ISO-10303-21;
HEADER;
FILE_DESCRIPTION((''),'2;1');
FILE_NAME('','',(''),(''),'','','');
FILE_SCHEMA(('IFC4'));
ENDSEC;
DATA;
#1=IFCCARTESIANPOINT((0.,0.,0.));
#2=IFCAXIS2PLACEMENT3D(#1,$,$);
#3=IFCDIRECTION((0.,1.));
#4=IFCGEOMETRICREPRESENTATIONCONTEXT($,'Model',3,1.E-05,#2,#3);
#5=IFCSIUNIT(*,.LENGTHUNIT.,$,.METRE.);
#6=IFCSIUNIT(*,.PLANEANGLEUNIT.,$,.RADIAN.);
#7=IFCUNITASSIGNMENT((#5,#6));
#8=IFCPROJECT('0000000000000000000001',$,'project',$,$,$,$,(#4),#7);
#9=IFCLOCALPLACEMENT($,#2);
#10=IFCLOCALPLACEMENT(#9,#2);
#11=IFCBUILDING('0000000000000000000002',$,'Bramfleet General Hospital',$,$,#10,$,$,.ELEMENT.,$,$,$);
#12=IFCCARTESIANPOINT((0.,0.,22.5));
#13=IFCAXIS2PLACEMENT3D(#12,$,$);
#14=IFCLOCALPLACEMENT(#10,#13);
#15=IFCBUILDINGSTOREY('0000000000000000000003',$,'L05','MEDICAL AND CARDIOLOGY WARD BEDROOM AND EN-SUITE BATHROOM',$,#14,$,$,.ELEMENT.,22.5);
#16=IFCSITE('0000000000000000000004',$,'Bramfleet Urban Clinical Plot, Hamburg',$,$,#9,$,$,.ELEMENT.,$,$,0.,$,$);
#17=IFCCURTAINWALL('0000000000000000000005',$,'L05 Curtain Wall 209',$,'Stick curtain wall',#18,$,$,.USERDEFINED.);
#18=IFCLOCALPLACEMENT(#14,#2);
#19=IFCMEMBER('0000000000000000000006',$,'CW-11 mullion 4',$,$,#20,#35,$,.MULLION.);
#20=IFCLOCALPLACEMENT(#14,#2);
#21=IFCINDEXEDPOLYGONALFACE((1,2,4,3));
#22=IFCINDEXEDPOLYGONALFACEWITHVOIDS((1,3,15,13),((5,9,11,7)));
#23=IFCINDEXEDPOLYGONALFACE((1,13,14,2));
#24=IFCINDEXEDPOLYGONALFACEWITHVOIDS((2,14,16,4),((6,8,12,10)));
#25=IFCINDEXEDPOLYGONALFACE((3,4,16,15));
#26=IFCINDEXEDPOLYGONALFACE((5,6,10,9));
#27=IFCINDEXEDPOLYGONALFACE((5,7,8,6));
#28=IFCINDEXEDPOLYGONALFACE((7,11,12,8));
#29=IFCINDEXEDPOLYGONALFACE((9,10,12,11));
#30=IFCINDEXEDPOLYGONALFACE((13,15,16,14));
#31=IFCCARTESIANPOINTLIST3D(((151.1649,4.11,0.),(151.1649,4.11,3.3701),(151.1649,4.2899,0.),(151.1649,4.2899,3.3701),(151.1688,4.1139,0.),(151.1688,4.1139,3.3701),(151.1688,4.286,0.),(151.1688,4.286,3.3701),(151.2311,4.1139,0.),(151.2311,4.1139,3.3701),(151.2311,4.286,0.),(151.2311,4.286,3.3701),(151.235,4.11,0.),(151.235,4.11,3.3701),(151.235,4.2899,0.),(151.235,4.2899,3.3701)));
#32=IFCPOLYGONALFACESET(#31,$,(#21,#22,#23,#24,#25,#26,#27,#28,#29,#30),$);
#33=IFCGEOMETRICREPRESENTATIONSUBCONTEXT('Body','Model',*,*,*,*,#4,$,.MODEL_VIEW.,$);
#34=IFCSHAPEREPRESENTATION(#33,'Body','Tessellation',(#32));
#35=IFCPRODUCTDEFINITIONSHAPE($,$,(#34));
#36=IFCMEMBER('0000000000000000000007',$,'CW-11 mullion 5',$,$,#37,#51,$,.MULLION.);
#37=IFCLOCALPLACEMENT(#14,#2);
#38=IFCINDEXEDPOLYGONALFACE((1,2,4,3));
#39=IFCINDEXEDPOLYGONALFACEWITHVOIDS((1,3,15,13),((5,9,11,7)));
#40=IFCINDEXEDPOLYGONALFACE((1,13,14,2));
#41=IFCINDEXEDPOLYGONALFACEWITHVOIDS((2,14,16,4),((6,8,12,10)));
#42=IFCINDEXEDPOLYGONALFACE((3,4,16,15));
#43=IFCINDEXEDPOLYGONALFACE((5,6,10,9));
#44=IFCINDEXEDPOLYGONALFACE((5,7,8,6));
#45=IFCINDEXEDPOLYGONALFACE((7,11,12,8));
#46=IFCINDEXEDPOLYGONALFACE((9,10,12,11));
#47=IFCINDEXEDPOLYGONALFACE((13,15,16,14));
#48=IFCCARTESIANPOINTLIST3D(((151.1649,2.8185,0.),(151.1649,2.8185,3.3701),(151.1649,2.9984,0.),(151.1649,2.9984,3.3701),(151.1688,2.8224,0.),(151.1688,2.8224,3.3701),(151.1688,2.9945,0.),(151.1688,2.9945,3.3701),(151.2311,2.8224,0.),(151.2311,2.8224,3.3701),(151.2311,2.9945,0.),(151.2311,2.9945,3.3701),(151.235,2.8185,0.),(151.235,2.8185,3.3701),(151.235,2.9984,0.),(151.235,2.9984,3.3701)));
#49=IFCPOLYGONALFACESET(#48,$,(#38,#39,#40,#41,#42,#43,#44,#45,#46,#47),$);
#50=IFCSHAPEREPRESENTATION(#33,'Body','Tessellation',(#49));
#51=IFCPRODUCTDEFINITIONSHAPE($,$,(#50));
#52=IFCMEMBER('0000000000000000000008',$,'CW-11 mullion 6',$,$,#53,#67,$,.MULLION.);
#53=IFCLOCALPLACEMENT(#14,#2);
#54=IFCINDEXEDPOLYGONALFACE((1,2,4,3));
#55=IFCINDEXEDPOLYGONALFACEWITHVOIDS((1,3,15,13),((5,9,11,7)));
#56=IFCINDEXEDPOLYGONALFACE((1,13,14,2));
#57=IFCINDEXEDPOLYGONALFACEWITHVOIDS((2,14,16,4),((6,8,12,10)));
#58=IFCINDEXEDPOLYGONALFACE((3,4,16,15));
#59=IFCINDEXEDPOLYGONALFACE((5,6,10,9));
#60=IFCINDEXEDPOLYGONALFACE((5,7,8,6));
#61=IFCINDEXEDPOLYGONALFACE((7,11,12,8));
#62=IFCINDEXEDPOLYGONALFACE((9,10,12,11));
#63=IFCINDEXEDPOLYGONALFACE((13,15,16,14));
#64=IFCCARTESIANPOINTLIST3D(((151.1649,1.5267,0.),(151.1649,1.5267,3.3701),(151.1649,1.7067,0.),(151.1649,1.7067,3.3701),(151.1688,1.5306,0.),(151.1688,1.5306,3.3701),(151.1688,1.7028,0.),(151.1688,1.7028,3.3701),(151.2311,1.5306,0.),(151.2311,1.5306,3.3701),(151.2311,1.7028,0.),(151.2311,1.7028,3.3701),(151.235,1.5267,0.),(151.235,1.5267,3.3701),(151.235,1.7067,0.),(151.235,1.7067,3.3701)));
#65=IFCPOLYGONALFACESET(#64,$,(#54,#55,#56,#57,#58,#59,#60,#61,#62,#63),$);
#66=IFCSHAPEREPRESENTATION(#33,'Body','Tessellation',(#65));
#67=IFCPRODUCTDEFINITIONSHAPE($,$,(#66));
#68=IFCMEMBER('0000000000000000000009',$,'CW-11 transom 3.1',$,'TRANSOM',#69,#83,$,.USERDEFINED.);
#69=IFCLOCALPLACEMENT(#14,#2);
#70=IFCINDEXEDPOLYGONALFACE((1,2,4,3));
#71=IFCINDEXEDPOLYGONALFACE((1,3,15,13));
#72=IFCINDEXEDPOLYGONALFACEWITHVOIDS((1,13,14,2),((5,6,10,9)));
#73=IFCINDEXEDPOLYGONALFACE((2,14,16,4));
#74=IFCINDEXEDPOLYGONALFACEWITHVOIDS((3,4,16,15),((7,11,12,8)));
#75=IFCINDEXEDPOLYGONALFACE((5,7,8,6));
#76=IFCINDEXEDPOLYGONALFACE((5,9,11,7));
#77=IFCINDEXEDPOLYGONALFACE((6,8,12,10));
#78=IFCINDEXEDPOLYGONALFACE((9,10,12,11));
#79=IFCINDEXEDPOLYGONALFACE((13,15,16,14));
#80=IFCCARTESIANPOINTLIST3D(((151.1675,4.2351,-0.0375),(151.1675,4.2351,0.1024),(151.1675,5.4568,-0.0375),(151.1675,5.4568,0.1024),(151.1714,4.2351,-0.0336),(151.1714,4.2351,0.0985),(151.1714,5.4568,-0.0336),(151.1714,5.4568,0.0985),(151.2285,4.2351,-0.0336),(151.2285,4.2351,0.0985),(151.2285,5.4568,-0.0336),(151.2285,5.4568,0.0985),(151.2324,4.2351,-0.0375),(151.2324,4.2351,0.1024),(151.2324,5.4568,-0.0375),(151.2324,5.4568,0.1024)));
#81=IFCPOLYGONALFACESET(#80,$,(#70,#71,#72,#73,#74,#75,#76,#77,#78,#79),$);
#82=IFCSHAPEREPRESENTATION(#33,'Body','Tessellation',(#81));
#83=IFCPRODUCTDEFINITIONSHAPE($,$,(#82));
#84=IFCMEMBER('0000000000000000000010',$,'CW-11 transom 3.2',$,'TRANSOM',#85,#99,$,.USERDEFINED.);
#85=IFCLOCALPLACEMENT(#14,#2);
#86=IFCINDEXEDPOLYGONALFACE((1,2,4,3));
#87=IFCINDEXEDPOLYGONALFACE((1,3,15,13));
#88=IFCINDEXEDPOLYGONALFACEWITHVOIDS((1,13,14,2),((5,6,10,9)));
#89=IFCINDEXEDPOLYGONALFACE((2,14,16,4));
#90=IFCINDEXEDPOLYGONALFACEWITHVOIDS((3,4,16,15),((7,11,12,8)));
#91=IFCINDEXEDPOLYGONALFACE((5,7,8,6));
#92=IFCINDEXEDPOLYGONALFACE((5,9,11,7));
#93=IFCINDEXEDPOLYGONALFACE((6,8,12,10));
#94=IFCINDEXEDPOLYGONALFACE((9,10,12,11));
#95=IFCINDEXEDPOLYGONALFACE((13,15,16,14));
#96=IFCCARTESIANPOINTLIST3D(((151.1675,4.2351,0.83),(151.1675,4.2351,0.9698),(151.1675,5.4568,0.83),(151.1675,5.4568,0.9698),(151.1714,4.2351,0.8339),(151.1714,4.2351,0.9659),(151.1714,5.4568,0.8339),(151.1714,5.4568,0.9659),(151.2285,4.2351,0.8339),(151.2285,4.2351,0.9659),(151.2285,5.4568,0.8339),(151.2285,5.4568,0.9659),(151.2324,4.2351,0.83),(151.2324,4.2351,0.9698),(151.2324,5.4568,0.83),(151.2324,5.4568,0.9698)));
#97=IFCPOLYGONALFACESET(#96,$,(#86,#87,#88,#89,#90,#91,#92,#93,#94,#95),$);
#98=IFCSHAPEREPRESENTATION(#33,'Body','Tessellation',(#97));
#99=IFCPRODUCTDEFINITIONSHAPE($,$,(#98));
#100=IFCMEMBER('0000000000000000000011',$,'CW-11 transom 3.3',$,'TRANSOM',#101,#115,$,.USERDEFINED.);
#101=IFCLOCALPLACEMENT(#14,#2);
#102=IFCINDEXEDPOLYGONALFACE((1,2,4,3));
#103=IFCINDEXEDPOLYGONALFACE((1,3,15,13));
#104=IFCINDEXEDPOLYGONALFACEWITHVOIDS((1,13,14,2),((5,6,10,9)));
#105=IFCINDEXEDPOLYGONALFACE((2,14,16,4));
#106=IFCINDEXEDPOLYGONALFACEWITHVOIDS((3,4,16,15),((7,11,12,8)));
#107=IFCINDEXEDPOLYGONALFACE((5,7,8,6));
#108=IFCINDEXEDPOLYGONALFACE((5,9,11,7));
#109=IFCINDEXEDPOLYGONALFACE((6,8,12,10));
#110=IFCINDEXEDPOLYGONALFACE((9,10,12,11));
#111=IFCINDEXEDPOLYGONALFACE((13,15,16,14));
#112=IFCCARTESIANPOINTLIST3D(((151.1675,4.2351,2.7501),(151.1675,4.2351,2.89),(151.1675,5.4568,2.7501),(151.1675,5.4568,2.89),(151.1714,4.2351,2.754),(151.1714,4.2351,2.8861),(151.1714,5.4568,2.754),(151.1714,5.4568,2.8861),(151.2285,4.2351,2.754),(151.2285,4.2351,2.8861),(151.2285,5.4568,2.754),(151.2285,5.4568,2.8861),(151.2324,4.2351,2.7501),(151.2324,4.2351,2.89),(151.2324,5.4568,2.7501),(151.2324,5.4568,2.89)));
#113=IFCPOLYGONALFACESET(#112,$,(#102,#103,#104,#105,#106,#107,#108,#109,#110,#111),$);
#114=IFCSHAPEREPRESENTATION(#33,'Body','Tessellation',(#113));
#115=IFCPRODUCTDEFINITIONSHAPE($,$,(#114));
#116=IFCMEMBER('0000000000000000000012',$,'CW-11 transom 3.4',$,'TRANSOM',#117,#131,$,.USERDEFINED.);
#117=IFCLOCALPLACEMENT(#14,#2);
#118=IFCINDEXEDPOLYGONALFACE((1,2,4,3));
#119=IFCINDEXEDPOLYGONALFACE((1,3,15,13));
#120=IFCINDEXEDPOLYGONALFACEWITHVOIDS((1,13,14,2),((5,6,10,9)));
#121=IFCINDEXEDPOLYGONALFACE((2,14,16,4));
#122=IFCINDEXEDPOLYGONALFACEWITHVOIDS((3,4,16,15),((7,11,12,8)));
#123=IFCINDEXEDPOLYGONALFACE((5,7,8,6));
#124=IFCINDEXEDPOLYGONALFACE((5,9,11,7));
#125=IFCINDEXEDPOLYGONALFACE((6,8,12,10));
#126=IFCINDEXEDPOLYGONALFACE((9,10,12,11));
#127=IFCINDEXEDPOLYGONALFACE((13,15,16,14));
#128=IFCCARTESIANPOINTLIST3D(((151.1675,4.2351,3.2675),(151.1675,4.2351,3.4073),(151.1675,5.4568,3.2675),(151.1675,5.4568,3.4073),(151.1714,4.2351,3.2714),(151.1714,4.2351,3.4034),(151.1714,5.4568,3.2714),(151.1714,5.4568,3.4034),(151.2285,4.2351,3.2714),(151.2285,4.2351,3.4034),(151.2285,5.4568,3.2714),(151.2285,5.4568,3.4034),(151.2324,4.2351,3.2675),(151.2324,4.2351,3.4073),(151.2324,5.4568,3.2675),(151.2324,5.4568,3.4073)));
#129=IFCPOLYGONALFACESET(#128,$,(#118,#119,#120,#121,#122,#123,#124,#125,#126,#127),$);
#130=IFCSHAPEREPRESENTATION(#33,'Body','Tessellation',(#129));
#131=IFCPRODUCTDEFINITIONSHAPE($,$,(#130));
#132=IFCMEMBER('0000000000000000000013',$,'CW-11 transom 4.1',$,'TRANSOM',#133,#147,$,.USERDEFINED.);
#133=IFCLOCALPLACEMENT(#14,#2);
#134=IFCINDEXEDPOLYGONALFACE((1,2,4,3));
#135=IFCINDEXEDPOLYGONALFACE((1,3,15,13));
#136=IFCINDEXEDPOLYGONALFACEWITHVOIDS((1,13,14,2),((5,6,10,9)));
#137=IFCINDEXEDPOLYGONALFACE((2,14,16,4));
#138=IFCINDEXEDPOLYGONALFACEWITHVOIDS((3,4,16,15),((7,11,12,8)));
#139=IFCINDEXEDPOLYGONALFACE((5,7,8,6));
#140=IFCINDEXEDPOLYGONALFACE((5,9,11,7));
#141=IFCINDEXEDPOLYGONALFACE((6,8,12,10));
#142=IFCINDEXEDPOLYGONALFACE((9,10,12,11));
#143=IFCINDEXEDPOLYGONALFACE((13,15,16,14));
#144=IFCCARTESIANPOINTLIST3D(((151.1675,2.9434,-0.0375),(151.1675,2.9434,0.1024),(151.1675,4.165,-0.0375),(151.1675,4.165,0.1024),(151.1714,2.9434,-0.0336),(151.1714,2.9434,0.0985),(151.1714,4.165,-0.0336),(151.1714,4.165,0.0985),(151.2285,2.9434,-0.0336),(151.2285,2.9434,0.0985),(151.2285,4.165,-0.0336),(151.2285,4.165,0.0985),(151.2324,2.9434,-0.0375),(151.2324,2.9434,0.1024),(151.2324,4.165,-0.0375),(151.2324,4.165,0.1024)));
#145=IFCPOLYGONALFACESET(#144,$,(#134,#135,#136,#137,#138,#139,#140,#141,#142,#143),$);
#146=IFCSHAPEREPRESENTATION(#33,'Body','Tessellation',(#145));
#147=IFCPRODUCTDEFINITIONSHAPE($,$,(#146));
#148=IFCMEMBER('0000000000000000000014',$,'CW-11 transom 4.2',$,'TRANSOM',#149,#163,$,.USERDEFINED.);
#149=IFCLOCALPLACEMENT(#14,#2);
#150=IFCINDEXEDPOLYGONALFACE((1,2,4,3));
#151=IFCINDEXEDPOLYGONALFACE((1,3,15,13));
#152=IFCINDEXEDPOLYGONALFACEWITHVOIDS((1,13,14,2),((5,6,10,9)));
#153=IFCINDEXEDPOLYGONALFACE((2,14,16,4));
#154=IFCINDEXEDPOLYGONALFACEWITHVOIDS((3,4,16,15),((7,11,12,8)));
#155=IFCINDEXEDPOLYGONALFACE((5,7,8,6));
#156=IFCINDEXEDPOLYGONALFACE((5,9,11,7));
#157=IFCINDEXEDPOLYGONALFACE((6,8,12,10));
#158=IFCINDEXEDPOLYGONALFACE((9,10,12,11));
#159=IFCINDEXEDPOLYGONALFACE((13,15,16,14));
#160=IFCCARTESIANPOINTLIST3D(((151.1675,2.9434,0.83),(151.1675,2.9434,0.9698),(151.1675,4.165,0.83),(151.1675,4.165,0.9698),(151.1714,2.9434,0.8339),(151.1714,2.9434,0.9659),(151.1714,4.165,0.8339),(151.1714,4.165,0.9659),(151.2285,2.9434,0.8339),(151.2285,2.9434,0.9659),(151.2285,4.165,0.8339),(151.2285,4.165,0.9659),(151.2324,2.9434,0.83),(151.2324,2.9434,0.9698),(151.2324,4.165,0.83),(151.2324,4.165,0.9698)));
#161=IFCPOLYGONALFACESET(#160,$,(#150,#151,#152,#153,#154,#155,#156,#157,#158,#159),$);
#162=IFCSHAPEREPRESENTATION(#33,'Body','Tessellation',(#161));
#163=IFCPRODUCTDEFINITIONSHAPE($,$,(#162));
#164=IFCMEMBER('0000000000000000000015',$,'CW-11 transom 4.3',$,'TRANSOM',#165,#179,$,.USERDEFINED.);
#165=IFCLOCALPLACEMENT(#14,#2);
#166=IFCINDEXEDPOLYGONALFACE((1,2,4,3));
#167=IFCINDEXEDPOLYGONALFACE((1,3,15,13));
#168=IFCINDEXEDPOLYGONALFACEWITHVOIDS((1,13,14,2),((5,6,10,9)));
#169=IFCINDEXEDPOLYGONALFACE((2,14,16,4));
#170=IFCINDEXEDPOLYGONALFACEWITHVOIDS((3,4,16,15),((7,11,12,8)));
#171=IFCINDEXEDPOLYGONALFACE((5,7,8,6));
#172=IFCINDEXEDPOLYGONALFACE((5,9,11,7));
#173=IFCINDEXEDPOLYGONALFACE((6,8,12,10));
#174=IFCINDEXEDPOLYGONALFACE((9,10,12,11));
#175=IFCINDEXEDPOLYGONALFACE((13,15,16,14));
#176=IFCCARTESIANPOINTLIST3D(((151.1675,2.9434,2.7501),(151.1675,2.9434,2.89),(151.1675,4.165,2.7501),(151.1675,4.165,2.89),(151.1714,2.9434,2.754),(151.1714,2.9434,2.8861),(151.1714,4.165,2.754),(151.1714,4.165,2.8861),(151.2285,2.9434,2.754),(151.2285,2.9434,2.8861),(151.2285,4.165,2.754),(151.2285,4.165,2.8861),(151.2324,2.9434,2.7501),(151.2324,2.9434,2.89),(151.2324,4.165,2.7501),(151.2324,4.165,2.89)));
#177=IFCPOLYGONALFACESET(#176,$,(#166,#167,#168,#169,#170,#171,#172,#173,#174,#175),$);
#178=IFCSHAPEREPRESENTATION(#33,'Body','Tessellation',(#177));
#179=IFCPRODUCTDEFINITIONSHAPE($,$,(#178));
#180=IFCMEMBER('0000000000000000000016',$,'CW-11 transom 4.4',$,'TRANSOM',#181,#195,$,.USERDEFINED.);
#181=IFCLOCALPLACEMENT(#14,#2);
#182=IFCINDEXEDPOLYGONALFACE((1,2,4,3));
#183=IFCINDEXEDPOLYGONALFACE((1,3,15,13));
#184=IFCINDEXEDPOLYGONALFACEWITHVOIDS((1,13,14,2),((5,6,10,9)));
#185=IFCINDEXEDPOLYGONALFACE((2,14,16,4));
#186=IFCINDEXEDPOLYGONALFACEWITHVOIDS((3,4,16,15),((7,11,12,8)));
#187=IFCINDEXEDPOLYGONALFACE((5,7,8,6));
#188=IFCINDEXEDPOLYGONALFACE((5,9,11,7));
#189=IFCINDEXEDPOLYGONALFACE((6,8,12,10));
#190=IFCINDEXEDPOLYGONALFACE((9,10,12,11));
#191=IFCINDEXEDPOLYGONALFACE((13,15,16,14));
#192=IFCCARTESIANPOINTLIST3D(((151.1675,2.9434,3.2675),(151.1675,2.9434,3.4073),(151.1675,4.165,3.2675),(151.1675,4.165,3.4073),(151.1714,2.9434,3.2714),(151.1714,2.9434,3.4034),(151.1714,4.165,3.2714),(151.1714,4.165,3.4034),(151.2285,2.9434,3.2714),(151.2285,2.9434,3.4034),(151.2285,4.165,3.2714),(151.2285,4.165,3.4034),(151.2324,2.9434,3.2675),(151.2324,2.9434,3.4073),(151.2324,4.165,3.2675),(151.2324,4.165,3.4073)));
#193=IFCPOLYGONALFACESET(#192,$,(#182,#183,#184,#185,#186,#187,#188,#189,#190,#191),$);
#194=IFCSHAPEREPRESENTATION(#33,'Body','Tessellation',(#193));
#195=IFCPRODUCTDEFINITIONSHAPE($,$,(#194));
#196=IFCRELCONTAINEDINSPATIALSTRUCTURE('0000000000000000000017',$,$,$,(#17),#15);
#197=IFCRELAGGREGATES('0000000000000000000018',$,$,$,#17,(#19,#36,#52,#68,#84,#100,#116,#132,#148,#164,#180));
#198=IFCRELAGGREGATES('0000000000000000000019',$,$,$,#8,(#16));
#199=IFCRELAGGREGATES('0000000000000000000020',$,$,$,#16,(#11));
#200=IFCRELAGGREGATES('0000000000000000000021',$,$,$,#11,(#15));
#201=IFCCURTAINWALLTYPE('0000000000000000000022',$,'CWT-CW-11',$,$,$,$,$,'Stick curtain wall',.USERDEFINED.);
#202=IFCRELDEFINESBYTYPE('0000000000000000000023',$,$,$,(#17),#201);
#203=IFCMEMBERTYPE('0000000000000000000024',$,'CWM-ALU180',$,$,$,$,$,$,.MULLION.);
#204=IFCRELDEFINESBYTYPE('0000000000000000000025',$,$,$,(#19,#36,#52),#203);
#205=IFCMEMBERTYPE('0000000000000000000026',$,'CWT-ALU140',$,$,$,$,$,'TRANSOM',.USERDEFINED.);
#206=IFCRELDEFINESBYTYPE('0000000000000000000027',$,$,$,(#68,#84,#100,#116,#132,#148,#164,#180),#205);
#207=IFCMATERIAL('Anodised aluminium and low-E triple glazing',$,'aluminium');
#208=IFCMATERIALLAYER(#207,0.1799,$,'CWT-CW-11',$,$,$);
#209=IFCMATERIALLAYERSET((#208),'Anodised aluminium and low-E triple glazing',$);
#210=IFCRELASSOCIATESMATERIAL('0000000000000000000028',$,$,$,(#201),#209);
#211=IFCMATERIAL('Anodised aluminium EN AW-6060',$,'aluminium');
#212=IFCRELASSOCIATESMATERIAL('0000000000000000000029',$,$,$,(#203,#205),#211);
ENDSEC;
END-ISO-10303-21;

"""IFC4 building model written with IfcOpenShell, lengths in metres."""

from ifc_helpers import new_model, si_unit, direction, frame, origin, origin_2d, place, context, subcontext, project, spatial, hollow_rectangle, extrude, material, layer, layer_set, material_profile, profile_set, type_object, element, aggregate, save


model = new_model("IFC4")

# Units and contexts
model_context = context("Model", 3, precision=1e-05, world=origin(), true_north=direction((0.0, 1.0)))
body_context = subcontext(model_context, "Body", "Model", "MODEL_VIEW")
ifc_project = project(units=[si_unit("LENGTHUNIT", "METRE"), si_unit("PLANEANGLEUNIT", "RADIAN")], contexts=[model_context])

# Site, building, storey
site_placement = place(None, origin())
site = spatial("IfcSite", under=ifc_project, at=site_placement, Name="Bramfleet Urban Clinical Plot, Hamburg", CompositionType="ELEMENT", RefElevation=0.0)
building_placement = place(site_placement, origin())
building = spatial("IfcBuilding", under=site, at=building_placement, Name="Bramfleet General Hospital", CompositionType="ELEMENT")
storey_placement = place(building_placement, frame((0.0, 0.0, 22.5)))
storey = spatial("IfcBuildingStorey", under=building, at=storey_placement, Name="L05", Description="MEDICAL AND CARDIOLOGY WARD BEDROOM AND EN-SUITE BATHROOM", CompositionType="ELEMENT", Elevation=22.5)

# Curtain wall, members
ifc_material_1 = material(Name="Anodised aluminium and low-E triple glazing", Category="aluminium")
ifc_layer_1 = layer(ifc_material_1, 0.1799, Name="CWT-CW-11")
ifc_layer_set_1 = layer_set([ifc_layer_1], Name="Anodised aluminium and low-E triple glazing")
curtain_wall_type = type_object("IfcCurtainWallType", Name="CWT-CW-11", ElementType="Stick curtain wall", PredefinedType="USERDEFINED", material=ifc_layer_set_1)
curtain_wall_placement = place(storey_placement, origin())
curtain_wall = element("IfcCurtainWall", 1, at=curtain_wall_placement, inside=storey, type_object=curtain_wall_type, Name="L05 Curtain Wall 209", ObjectType="Stick curtain wall", PredefinedType="USERDEFINED")
ifc_material_2 = material(Name="Anodised aluminium EN AW-6060", Category="aluminium")
ifc_material_profile_1 = material_profile(ifc_material_2, hollow_rectangle(XDim=0.0701, YDim=0.1799, WallThickness=0.0039, at=origin_2d()), Name="ALU 180x70x4.0")
ifc_profile_set_1 = profile_set([ifc_material_profile_1], Name="Anodised aluminium EN AW-6060")
member_type_1 = type_object("IfcMemberType", Name="CWM-ALU180", PredefinedType="MULLION", material=ifc_profile_set_1)
member_1_placement = place(storey_placement, frame((151.2, 4.2, 0.0), z_axis=(0.0, 0.0, 1.0), x_axis=(1.0, 0.0, 0.0)))
member_1 = element("IfcMember", 2, at=member_1_placement, type_object=member_type_1, Name="CW-11 mullion 4", PredefinedType="MULLION", context=body_context, shape_type="SweptSolid", body=[
    extrude(hollow_rectangle(XDim=0.0701, YDim=0.1799, WallThickness=0.0039, at=origin_2d()), origin(), (0.0, 0.0, 1.0), 3.3701),
])
member_2_placement = place(storey_placement, frame((151.2, 2.9084, 0.0), z_axis=(0.0, 0.0, 1.0), x_axis=(1.0, 0.0, 0.0)))
member_2 = element("IfcMember", 3, at=member_2_placement, type_object=member_type_1, Name="CW-11 mullion 5", PredefinedType="MULLION", context=body_context, shape_type="SweptSolid", body=[
    extrude(hollow_rectangle(XDim=0.0701, YDim=0.1799, WallThickness=0.0039, at=origin_2d()), origin(), (0.0, 0.0, 1.0), 3.3701),
])
member_3_placement = place(storey_placement, frame((151.2, 1.6167, 0.0), z_axis=(0.0, 0.0, 1.0), x_axis=(1.0, 0.0, 0.0)))
member_3 = element("IfcMember", 4, at=member_3_placement, type_object=member_type_1, Name="CW-11 mullion 6", PredefinedType="MULLION", context=body_context, shape_type="SweptSolid", body=[
    extrude(hollow_rectangle(XDim=0.0701, YDim=0.1799, WallThickness=0.0039, at=origin_2d()), origin(), (0.0, 0.0, 1.0), 3.3701),
])
ifc_material_profile_2 = material_profile(ifc_material_2, hollow_rectangle(XDim=0.0649, YDim=0.1399, WallThickness=0.0039, at=origin_2d()), Name="ALU 140x65x4.0")
ifc_profile_set_2 = profile_set([ifc_material_profile_2], Name="Anodised aluminium EN AW-6060")
member_type_2 = type_object("IfcMemberType", Name="CWT-ALU140", ElementType="TRANSOM", PredefinedType="USERDEFINED", material=ifc_profile_set_2)
member_4_placement = place(storey_placement, frame((151.2, 5.4568, 0.0325), z_axis=(0.0, -1.0, 0.0), x_axis=(1.0, 0.0, 0.0)))
member_4 = element("IfcMember", 5, at=member_4_placement, type_object=member_type_2, Name="CW-11 transom 3.1", ObjectType="TRANSOM", PredefinedType="USERDEFINED", context=body_context, shape_type="SweptSolid", body=[
    extrude(hollow_rectangle(XDim=0.0649, YDim=0.1399, WallThickness=0.0039, at=origin_2d()), origin(), (0.0, 0.0, 1.0), 1.2217),
])
member_5_placement = place(storey_placement, frame((151.2, 5.4568, 0.8999), z_axis=(0.0, -1.0, 0.0), x_axis=(1.0, 0.0, 0.0)))
member_5 = element("IfcMember", 6, at=member_5_placement, type_object=member_type_2, Name="CW-11 transom 3.2", ObjectType="TRANSOM", PredefinedType="USERDEFINED", context=body_context, shape_type="SweptSolid", body=[
    extrude(hollow_rectangle(XDim=0.0649, YDim=0.1399, WallThickness=0.0039, at=origin_2d()), origin(), (0.0, 0.0, 1.0), 1.2217),
])
member_6_placement = place(storey_placement, frame((151.2, 5.4568, 2.8201), z_axis=(0.0, -1.0, 0.0), x_axis=(1.0, 0.0, 0.0)))
member_6 = element("IfcMember", 7, at=member_6_placement, type_object=member_type_2, Name="CW-11 transom 3.3", ObjectType="TRANSOM", PredefinedType="USERDEFINED", context=body_context, shape_type="SweptSolid", body=[
    extrude(hollow_rectangle(XDim=0.0649, YDim=0.1399, WallThickness=0.0039, at=origin_2d()), origin(), (0.0, 0.0, 1.0), 1.2217),
])
member_7_placement = place(storey_placement, frame((151.2, 5.4568, 3.3374), z_axis=(0.0, -1.0, 0.0), x_axis=(1.0, 0.0, 0.0)))
member_7 = element("IfcMember", 8, at=member_7_placement, type_object=member_type_2, Name="CW-11 transom 3.4", ObjectType="TRANSOM", PredefinedType="USERDEFINED", context=body_context, shape_type="SweptSolid", body=[
    extrude(hollow_rectangle(XDim=0.0649, YDim=0.1399, WallThickness=0.0039, at=origin_2d()), origin(), (0.0, 0.0, 1.0), 1.2217),
])
member_8_placement = place(storey_placement, frame((151.2, 4.165, 0.0325), z_axis=(0.0, -1.0, 0.0), x_axis=(1.0, 0.0, 0.0)))
member_8 = element("IfcMember", 9, at=member_8_placement, type_object=member_type_2, Name="CW-11 transom 4.1", ObjectType="TRANSOM", PredefinedType="USERDEFINED", context=body_context, shape_type="SweptSolid", body=[
    extrude(hollow_rectangle(XDim=0.0649, YDim=0.1399, WallThickness=0.0039, at=origin_2d()), origin(), (0.0, 0.0, 1.0), 1.2217),
])
member_9_placement = place(storey_placement, frame((151.2, 4.165, 0.8999), z_axis=(0.0, -1.0, 0.0), x_axis=(1.0, 0.0, 0.0)))
member_9 = element("IfcMember", 10, at=member_9_placement, type_object=member_type_2, Name="CW-11 transom 4.2", ObjectType="TRANSOM", PredefinedType="USERDEFINED", context=body_context, shape_type="SweptSolid", body=[
    extrude(hollow_rectangle(XDim=0.0649, YDim=0.1399, WallThickness=0.0039, at=origin_2d()), origin(), (0.0, 0.0, 1.0), 1.2217),
])
member_10_placement = place(storey_placement, frame((151.2, 4.165, 2.8201), z_axis=(0.0, -1.0, 0.0), x_axis=(1.0, 0.0, 0.0)))
member_10 = element("IfcMember", 11, at=member_10_placement, type_object=member_type_2, Name="CW-11 transom 4.3", ObjectType="TRANSOM", PredefinedType="USERDEFINED", context=body_context, shape_type="SweptSolid", body=[
    extrude(hollow_rectangle(XDim=0.0649, YDim=0.1399, WallThickness=0.0039, at=origin_2d()), origin(), (0.0, 0.0, 1.0), 1.2217),
])
member_11_placement = place(storey_placement, frame((151.2, 4.165, 3.3374), z_axis=(0.0, -1.0, 0.0), x_axis=(1.0, 0.0, 0.0)))
member_11 = element("IfcMember", 12, at=member_11_placement, type_object=member_type_2, Name="CW-11 transom 4.4", ObjectType="TRANSOM", PredefinedType="USERDEFINED", context=body_context, shape_type="SweptSolid", body=[
    extrude(hollow_rectangle(XDim=0.0649, YDim=0.1399, WallThickness=0.0039, at=origin_2d()), origin(), (0.0, 0.0, 1.0), 1.2217),
])
aggregate(curtain_wall, [member_1, member_2, member_3, member_4, member_5, member_6, member_7, member_8, member_9, member_10, member_11])

save(model, "model.ifc")
